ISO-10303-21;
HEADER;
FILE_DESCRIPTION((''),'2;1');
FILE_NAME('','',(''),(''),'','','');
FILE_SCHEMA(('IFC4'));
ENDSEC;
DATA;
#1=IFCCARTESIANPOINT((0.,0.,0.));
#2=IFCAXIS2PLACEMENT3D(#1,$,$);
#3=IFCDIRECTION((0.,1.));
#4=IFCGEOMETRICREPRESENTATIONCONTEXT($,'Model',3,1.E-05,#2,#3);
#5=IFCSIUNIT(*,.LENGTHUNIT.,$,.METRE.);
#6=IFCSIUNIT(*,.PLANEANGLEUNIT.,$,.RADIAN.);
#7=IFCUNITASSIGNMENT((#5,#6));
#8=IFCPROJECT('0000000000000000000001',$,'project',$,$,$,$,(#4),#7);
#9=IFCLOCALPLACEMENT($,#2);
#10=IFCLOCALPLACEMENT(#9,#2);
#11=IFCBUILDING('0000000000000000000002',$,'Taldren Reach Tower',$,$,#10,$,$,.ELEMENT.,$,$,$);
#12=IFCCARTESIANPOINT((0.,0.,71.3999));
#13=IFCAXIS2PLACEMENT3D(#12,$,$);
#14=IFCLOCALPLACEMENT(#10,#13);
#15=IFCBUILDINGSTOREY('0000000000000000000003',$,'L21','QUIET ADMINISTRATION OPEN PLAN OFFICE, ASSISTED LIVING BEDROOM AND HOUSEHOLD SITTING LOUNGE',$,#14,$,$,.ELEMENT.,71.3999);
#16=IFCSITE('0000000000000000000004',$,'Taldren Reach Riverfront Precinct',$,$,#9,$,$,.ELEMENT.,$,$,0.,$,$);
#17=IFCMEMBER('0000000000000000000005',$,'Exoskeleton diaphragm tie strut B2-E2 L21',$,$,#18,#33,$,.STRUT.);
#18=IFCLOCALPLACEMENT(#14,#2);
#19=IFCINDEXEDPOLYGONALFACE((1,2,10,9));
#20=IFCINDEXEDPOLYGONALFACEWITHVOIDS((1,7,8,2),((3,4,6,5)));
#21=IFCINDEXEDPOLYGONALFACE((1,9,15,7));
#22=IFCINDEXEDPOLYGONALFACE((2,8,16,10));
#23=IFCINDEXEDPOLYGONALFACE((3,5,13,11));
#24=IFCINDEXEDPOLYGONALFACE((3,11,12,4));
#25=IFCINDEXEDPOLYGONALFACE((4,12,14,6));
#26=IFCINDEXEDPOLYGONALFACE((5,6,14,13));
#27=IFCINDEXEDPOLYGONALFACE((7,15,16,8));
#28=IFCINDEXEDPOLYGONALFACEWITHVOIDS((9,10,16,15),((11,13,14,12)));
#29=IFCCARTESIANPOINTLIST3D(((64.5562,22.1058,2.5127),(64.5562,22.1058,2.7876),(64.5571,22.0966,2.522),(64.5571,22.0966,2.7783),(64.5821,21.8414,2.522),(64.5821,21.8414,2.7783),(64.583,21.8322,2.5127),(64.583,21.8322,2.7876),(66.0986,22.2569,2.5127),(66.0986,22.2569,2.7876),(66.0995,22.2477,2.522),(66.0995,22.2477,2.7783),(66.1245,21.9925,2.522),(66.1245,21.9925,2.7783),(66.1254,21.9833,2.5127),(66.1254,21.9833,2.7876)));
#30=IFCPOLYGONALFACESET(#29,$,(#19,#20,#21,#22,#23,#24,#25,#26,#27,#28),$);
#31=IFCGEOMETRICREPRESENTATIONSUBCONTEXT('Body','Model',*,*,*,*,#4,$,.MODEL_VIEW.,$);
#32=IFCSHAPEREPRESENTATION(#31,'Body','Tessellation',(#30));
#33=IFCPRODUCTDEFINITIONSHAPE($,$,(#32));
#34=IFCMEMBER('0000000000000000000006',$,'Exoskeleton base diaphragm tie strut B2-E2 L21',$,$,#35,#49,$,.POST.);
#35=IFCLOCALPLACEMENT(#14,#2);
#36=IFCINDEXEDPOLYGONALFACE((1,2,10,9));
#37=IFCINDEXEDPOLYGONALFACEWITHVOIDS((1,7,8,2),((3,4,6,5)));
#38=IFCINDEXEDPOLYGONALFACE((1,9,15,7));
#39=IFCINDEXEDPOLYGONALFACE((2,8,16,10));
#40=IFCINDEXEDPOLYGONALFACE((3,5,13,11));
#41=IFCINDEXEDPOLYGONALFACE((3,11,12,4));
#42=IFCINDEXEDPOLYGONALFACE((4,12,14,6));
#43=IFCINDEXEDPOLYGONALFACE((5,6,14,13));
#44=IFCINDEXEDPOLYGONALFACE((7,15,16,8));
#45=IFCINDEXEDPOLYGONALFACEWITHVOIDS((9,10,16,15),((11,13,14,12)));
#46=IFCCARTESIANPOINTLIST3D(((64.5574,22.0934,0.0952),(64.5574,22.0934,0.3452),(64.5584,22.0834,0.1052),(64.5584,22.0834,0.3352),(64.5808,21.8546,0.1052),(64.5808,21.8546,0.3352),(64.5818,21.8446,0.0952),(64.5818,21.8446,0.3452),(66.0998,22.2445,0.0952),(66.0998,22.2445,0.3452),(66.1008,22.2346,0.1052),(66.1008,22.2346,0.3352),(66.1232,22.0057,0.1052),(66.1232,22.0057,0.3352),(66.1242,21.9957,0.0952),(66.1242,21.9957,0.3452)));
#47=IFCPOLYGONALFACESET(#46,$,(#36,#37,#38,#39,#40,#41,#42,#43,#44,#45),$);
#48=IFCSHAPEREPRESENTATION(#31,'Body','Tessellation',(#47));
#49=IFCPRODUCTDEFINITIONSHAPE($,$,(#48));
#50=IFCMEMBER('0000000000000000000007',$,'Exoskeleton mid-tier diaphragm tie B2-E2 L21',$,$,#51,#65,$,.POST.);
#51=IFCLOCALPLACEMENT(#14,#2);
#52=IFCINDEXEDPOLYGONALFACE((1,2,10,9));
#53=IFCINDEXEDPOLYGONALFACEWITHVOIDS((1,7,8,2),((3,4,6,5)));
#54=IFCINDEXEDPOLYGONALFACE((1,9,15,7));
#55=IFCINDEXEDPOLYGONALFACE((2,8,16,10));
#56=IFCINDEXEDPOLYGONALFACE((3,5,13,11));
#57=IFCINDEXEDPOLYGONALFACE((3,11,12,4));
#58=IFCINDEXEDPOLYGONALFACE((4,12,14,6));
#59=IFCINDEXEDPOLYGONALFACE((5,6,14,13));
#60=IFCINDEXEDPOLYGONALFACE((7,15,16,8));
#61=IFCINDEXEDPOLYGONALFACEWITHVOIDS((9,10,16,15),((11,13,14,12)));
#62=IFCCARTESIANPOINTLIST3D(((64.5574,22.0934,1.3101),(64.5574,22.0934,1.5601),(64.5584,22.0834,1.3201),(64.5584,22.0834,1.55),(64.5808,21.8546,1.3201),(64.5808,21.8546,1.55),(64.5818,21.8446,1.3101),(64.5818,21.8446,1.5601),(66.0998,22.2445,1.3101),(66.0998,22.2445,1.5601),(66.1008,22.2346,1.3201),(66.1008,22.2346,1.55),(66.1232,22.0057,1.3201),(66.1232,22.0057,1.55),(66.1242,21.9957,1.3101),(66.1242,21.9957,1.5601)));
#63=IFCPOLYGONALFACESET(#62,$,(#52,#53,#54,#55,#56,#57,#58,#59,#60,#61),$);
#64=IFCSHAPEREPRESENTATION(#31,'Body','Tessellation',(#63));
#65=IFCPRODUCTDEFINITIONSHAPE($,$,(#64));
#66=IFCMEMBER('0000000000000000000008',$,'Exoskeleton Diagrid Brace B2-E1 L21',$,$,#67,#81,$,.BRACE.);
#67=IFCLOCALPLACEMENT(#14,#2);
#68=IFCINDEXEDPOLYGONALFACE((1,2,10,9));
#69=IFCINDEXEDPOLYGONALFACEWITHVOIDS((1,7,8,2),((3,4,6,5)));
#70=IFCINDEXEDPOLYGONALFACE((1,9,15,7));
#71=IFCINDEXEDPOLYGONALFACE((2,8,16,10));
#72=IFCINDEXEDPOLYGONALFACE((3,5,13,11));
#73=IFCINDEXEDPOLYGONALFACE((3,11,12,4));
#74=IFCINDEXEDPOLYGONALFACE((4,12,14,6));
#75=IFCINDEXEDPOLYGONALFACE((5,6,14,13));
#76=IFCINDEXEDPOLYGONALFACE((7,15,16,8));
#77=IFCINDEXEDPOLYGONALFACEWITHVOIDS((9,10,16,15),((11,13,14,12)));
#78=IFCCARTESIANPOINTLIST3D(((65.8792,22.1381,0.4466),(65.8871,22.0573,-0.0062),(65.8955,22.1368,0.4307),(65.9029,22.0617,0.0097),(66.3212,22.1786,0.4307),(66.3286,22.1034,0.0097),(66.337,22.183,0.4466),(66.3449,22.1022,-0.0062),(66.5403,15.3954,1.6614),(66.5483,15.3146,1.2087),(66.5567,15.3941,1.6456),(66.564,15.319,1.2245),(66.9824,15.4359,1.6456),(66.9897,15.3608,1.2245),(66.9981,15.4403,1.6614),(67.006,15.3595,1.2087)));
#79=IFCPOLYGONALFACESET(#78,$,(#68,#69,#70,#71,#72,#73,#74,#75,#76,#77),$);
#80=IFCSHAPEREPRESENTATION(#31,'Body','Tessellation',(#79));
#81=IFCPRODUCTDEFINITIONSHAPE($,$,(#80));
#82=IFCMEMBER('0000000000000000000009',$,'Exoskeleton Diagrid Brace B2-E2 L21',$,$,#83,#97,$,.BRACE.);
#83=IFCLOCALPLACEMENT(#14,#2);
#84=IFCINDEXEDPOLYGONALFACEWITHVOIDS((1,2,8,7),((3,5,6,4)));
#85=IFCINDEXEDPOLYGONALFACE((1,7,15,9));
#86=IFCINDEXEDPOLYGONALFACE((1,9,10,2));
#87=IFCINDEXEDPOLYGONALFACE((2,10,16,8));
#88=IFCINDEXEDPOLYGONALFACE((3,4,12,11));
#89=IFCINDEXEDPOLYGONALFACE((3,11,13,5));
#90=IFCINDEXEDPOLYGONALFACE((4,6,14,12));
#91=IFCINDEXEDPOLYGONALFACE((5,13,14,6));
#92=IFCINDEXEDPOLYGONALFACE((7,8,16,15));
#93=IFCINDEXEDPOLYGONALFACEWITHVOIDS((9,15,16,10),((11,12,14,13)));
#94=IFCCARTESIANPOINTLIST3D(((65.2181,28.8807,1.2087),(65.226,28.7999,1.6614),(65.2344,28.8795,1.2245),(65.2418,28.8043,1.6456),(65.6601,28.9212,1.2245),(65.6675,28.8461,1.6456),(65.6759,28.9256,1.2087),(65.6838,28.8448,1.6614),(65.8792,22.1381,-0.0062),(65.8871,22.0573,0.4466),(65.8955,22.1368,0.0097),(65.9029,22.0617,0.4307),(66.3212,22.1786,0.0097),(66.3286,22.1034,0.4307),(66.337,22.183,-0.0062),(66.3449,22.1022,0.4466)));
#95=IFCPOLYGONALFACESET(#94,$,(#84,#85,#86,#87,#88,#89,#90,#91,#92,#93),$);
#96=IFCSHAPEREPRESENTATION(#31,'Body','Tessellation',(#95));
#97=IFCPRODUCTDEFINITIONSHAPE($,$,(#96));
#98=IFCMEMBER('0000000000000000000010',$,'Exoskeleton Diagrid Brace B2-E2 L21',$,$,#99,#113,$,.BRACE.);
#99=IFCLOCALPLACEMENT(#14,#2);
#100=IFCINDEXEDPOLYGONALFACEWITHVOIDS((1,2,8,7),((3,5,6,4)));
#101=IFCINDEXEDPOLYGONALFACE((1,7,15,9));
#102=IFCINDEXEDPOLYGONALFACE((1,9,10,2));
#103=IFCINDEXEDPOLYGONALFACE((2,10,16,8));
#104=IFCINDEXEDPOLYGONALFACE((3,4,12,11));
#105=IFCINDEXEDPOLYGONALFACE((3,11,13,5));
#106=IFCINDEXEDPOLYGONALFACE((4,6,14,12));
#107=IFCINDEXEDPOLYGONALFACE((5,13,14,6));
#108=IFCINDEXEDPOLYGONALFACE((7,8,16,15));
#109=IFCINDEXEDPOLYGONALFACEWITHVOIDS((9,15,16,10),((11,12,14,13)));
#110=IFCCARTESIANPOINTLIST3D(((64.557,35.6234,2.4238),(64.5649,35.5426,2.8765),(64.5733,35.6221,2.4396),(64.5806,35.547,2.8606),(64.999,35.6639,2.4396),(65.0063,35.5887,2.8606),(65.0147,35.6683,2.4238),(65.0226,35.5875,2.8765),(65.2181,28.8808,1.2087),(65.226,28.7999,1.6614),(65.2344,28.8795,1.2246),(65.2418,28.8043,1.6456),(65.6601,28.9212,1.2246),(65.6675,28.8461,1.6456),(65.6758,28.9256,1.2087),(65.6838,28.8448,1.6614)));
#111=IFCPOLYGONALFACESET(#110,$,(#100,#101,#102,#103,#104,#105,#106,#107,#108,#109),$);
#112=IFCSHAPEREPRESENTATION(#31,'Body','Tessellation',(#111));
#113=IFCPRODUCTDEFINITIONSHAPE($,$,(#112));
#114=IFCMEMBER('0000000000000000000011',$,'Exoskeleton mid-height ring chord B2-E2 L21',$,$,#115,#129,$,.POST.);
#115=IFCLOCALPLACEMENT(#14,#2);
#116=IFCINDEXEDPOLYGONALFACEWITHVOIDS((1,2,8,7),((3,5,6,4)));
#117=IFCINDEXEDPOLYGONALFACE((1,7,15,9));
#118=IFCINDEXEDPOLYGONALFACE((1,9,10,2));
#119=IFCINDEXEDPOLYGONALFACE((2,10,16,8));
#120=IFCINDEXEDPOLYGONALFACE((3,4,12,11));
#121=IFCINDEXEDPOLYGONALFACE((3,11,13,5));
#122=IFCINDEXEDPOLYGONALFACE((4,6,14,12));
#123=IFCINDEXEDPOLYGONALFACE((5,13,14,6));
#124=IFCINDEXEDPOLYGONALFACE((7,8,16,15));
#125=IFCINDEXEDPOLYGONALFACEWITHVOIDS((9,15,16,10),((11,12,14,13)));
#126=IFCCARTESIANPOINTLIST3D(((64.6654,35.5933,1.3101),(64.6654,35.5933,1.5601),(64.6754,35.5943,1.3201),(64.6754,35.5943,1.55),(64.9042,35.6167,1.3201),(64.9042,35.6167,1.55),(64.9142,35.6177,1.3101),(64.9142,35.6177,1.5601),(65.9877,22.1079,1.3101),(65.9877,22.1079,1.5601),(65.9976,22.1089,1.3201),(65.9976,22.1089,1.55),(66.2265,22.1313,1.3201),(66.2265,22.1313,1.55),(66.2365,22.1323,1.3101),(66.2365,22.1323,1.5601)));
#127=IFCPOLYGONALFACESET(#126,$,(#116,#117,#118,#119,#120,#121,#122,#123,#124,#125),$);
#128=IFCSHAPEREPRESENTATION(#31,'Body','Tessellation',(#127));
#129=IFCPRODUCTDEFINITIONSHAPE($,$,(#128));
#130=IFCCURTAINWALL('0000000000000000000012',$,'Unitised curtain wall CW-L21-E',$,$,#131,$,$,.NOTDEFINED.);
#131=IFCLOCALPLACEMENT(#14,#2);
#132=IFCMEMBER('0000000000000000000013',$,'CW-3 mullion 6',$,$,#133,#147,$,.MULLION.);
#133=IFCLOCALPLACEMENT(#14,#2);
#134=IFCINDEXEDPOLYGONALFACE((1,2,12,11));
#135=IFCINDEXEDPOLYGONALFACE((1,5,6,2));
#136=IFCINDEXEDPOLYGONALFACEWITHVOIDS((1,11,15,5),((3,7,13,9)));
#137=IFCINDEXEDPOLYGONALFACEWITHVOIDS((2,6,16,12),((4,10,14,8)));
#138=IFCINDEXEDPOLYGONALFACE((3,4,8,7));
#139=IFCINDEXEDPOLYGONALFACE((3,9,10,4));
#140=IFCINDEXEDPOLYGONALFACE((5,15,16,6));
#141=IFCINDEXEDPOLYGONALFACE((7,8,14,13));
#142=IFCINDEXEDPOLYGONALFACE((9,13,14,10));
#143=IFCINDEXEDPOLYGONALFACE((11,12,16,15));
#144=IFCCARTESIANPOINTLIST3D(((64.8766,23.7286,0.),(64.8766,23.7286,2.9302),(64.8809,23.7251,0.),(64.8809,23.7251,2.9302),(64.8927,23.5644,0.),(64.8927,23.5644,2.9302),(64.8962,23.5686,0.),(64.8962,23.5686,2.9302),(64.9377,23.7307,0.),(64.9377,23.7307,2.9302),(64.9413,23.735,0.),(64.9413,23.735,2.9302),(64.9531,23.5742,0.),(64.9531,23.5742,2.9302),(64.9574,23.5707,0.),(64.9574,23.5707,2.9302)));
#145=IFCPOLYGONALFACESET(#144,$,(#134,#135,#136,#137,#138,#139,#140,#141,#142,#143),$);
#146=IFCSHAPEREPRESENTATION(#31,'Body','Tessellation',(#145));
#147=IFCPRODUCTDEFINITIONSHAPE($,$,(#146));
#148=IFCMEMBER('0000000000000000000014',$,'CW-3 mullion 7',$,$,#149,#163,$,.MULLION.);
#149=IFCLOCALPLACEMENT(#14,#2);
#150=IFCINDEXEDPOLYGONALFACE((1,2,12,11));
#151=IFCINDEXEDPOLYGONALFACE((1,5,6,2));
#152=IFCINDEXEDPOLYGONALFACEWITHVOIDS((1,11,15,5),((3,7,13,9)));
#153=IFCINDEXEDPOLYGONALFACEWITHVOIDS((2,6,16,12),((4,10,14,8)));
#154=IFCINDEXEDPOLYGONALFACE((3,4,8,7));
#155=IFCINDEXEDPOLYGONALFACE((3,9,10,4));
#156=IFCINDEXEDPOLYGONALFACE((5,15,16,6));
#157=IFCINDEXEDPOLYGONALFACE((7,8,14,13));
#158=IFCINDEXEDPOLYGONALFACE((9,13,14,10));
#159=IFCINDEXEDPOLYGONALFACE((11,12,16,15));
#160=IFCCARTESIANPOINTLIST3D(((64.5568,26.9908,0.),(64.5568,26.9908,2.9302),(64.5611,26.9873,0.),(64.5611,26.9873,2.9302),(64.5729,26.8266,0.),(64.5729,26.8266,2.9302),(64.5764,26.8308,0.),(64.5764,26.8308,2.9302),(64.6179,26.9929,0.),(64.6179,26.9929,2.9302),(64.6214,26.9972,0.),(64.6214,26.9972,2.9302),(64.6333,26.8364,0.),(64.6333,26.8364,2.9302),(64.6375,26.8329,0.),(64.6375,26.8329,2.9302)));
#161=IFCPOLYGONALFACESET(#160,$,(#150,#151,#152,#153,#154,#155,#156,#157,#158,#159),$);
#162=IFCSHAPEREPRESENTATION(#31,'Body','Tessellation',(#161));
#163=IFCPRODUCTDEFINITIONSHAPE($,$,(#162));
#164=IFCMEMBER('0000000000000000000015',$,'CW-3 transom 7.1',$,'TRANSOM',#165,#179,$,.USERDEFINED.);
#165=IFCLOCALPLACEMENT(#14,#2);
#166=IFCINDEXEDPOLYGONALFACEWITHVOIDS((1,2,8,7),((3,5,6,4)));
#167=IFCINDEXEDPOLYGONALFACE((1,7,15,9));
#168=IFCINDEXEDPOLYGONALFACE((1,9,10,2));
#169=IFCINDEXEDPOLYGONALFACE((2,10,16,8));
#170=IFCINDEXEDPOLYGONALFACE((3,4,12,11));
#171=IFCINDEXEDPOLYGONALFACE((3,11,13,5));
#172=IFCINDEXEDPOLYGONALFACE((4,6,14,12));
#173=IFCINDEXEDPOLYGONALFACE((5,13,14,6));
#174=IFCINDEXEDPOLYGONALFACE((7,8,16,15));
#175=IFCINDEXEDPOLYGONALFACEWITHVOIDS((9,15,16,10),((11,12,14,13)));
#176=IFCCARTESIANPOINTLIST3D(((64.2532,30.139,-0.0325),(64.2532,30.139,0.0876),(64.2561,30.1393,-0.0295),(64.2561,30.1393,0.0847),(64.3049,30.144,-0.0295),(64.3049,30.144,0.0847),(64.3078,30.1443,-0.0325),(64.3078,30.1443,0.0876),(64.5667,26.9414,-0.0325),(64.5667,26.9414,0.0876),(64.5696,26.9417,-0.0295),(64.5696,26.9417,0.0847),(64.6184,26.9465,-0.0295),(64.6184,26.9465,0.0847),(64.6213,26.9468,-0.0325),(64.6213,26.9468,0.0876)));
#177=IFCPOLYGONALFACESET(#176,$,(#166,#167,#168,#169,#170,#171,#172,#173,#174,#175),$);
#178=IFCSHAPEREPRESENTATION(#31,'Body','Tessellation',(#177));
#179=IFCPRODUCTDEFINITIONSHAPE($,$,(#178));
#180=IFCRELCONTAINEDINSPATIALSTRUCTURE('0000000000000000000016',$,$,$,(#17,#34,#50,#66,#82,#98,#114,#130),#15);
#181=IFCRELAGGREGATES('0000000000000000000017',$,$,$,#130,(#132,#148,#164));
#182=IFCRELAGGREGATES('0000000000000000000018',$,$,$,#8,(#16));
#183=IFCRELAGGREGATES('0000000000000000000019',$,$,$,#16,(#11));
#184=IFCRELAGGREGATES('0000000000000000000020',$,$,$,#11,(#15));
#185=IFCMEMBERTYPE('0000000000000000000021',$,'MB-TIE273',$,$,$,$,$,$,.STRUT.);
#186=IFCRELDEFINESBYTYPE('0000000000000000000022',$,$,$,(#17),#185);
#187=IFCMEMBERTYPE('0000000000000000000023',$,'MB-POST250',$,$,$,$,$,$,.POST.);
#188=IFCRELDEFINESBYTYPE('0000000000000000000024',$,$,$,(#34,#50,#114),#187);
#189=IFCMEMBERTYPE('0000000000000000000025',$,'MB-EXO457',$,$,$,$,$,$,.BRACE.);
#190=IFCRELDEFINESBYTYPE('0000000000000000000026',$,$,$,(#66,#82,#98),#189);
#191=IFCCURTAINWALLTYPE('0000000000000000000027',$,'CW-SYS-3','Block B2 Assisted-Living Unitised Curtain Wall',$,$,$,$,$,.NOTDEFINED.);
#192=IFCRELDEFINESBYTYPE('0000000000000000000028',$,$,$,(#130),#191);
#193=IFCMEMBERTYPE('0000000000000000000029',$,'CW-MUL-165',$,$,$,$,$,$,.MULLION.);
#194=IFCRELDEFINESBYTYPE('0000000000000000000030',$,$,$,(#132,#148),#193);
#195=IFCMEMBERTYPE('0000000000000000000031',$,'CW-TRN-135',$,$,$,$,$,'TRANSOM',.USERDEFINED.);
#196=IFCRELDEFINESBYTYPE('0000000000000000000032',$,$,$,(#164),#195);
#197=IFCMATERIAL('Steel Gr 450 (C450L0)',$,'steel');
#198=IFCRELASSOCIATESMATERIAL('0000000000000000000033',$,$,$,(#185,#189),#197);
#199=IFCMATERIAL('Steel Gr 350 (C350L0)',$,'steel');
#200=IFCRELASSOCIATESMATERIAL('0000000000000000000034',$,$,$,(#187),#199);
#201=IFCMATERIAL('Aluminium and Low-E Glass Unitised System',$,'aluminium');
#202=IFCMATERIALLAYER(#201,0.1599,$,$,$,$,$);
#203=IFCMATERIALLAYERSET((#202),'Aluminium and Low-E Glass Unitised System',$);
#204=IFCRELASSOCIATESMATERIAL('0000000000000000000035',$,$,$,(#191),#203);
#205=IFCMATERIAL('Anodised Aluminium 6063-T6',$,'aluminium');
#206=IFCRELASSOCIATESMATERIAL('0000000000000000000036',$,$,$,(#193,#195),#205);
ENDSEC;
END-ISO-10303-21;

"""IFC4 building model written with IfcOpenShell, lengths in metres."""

from ifc_helpers import new_model, si_unit, direction, frame, origin, origin_2d, place, context, subcontext, project, spatial, hollow_rectangle, extrude, source, transform, mapped, material, layer, layer_set, material_profile, profile_set, type_object, element, aggregate, save


model = new_model("IFC4")

# Units and contexts
model_context = context("Model", 3, precision=1e-05, world=origin(), true_north=direction((0.0, 1.0)))
body_context = subcontext(model_context, "Body", "Model", "MODEL_VIEW")
ifc_project = project(units=[si_unit("LENGTHUNIT", "METRE"), si_unit("PLANEANGLEUNIT", "RADIAN")], contexts=[model_context])

# Site, building, storey
site_placement = place(None, origin())
site = spatial("IfcSite", under=ifc_project, at=site_placement, Name="Taldren Reach Riverfront Precinct", CompositionType="ELEMENT", RefElevation=0.0)
building_placement = place(site_placement, origin())
building = spatial("IfcBuilding", under=site, at=building_placement, Name="Taldren Reach Tower", CompositionType="ELEMENT")
storey_placement = place(building_placement, frame((0.0, 0.0, 71.3999)))
storey = spatial("IfcBuildingStorey", under=building, at=storey_placement, Name="L21", Description="QUIET ADMINISTRATION OPEN PLAN OFFICE, ASSISTED LIVING BEDROOM AND HOUSEHOLD SITTING LOUNGE", CompositionType="ELEMENT", Elevation=71.3999)

# Members
ifc_material_1 = material(Name="Steel Gr 450 (C450L0)", Category="steel")
ifc_material_profile_1 = material_profile(ifc_material_1, hollow_rectangle(XDim=0.2749, YDim=0.2749, WallThickness=0.0093, at=origin_2d()), Name="275x275x9.3SHS")
ifc_profile_set_1 = profile_set([ifc_material_profile_1], Name="Steel Gr 450 (C450L0)")
member_type_1 = type_object("IfcMemberType", Name="MB-TIE273", PredefinedType="STRUT", material=ifc_profile_set_1)
shared_shape_1 = source(origin(), body_context, "Body", "SweptSolid", [
    extrude(hollow_rectangle(XDim=0.2749, YDim=0.2749, WallThickness=0.0093, at=origin_2d()), origin(), (0.0, 0.0, 1.0), 1.5498),
])
member_1_placement = place(storey_placement, frame((64.5696, 21.969, 2.6501), z_axis=(0.995235, 0.097507, 0.0), x_axis=(-0.097507, 0.995235, 0.0)))
element("IfcMember", 1, at=member_1_placement, inside=storey, type_object=member_type_1, Name="Exoskeleton diaphragm tie strut B2-E2 L21", PredefinedType="STRUT", context=body_context, shape_type="MappedRepresentation", body=[
    mapped(shared_shape_1, transform((0.0, 0.0, 0.0), scale=1.0)),
])
ifc_material_2 = material(Name="Steel Gr 350 (C350L0)", Category="steel")
ifc_material_profile_2 = material_profile(ifc_material_2, hollow_rectangle(XDim=0.25, YDim=0.25, WallThickness=0.01, at=origin_2d()), Name="250x250x10.0SHS")
ifc_profile_set_2 = profile_set([ifc_material_profile_2], Name="Steel Gr 350 (C350L0)")
member_type_2 = type_object("IfcMemberType", Name="MB-POST250", PredefinedType="POST", material=ifc_profile_set_2)
shared_shape_2 = source(origin(), body_context, "Body", "SweptSolid", [
    extrude(hollow_rectangle(XDim=0.25, YDim=0.25, WallThickness=0.01, at=origin_2d()), origin(), (0.0, 0.0, 1.0), 1.5498),
])
for number, where, z_axis, x_axis, name in (
    (2, (64.5696, 21.969, 0.2202), (0.995235, 0.097507, 0.0), (-0.097507, 0.995235, 0.0), "Exoskeleton base diaphragm tie strut B2-E2 L21"),
    (3, (64.5696, 21.969, 1.4351), (0.995235, 0.097507, 0.0), (-0.097507, 0.995235, 0.0), "Exoskeleton mid-tier diaphragm tie B2-E2 L21"),
):
    element("IfcMember", number, at=place(storey_placement, frame(where, z_axis=z_axis, x_axis=x_axis)), inside=storey, type_object=member_type_2, Name=name, PredefinedType="POST", context=body_context, shape_type="MappedRepresentation", body=[
        mapped(shared_shape_2, transform((0.0, 0.0, 0.0), scale=1.0)),
    ])
ifc_material_profile_3 = material_profile(ifc_material_1, hollow_rectangle(XDim=0.46, YDim=0.46, WallThickness=0.0161, at=origin_2d()), Name="460x460x16.0SHS")
ifc_profile_set_3 = profile_set([ifc_material_profile_3], Name="Steel Gr 450 (C450L0)")
member_type_3 = type_object("IfcMemberType", Name="MB-EXO457", PredefinedType="BRACE", material=ifc_profile_set_3)
shared_shape_3 = source(origin(), body_context, "Body", "SweptSolid", [
    extrude(hollow_rectangle(XDim=0.46, YDim=0.46, WallThickness=0.0161, at=origin_2d()), origin(), (0.0, 0.0, 1.0), 6.8831),
])
for number, where, z_axis, x_axis, name in (
    (4, (66.1121, 22.1201, 0.2202), (0.096052, -0.979603, 0.176497), (0.995227, 0.097584, 0.0), "Exoskeleton Diagrid Brace B2-E1 L21"),
    (5, (66.1121, 22.1201, 0.2202), (-0.096052, 0.979603, 0.176497), (-0.995227, -0.097584, 0.0), "Exoskeleton Diagrid Brace B2-E2 L21"),
    (6, (65.4509, 28.8628, 1.4351), (-0.096051, 0.979597, 0.176532), (-0.995227, -0.097584, 0.0), "Exoskeleton Diagrid Brace B2-E2 L21"),
):
    element("IfcMember", number, at=place(storey_placement, frame(where, z_axis=z_axis, x_axis=x_axis)), inside=storey, type_object=member_type_3, Name=name, PredefinedType="BRACE", context=body_context, shape_type="MappedRepresentation", body=[
        mapped(shared_shape_3, transform((0.0, 0.0, 0.0), scale=1.0)),
    ])
shared_shape_4 = source(origin(), body_context, "Body", "SweptSolid", [
    extrude(hollow_rectangle(XDim=0.25, YDim=0.25, WallThickness=0.01, at=origin_2d()), origin(), (0.0, 0.0, 1.0), 13.55),
])
member_2_placement = place(storey_placement, frame((66.1121, 22.1201, 1.4351), z_axis=(-0.097584, 0.995227, 0.0), x_axis=(-0.995227, -0.097584, 0.0)))
element("IfcMember", 7, at=member_2_placement, inside=storey, type_object=member_type_2, Name="Exoskeleton mid-height ring chord B2-E2 L21", PredefinedType="POST", context=body_context, shape_type="MappedRepresentation", body=[
    mapped(shared_shape_4, transform((0.0, 0.0, 0.0), scale=1.0)),
])

# Curtain wall, members
ifc_material_3 = material(Name="Aluminium and Low-E Glass Unitised System", Category="aluminium")
ifc_layer_1 = layer(ifc_material_3, 0.1599)
ifc_layer_set_1 = layer_set([ifc_layer_1], Name="Aluminium and Low-E Glass Unitised System")
curtain_wall_type = type_object("IfcCurtainWallType", Name="CW-SYS-3", Description="Block B2 Assisted-Living Unitised Curtain Wall", PredefinedType="NOTDEFINED", material=ifc_layer_set_1)
curtain_wall_placement = place(storey_placement, origin())
curtain_wall = element("IfcCurtainWall", 8, at=curtain_wall_placement, inside=storey, type_object=curtain_wall_type, Name="Unitised curtain wall CW-L21-E", PredefinedType="NOTDEFINED")
ifc_material_4 = material(Name="Anodised Aluminium 6063-T6", Category="aluminium")
ifc_material_profile_4 = material_profile(ifc_material_4, hollow_rectangle(XDim=0.0649, YDim=0.165, WallThickness=0.0039, at=origin_2d()), Name="ALU-165x65x4RHS")
ifc_profile_set_4 = profile_set([ifc_material_profile_4], Name="Anodised Aluminium 6063-T6")
member_type_4 = type_object("IfcMemberType", Name="CW-MUL-165", PredefinedType="MULLION", material=ifc_profile_set_4)
shared_shape_5 = source(origin(), body_context, "Body", "SweptSolid", [
    extrude(hollow_rectangle(XDim=0.0649, YDim=0.165, WallThickness=0.0039, at=origin_2d()), origin(), (0.0, 0.0, 1.0), 2.9302),
])
member_3_placement = place(storey_placement, frame((64.917, 23.6497, 0.0), z_axis=(0.0, 0.0, 1.0), x_axis=(-0.995227, -0.097583, 0.0)))
member_3 = element("IfcMember", 9, at=member_3_placement, type_object=member_type_4, Name="CW-3 mullion 6", PredefinedType="MULLION", context=body_context, shape_type="MappedRepresentation", body=[
    mapped(shared_shape_5, transform((0.0, 0.0, 0.0), scale=1.0)),
])
member_4_placement = place(storey_placement, frame((64.5972, 26.9119, 0.0), z_axis=(0.0, 0.0, 1.0), x_axis=(-0.995227, -0.097583, 0.0)))
member_4 = element("IfcMember", 10, at=member_4_placement, type_object=member_type_4, Name="CW-3 mullion 7", PredefinedType="MULLION", context=body_context, shape_type="MappedRepresentation", body=[
    mapped(shared_shape_5, transform((0.0, 0.0, 0.0), scale=1.0)),
])
ifc_material_profile_5 = material_profile(ifc_material_4, hollow_rectangle(XDim=0.0549, YDim=0.1201, WallThickness=0.0029, at=origin_2d()), Name="ALU-120x55x3RHS")
ifc_profile_set_5 = profile_set([ifc_material_profile_5], Name="Anodised Aluminium 6063-T6")
member_type_5 = type_object("IfcMemberType", Name="CW-TRN-135", ElementType="TRANSOM", PredefinedType="USERDEFINED", material=ifc_profile_set_5)
shared_shape_6 = source(origin(), body_context, "Body", "SweptSolid", [
    extrude(hollow_rectangle(XDim=0.0549, YDim=0.1201, WallThickness=0.0029, at=origin_2d()), origin(), (0.0, 0.0, 1.0), 3.2129),
])
member_5_placement = place(storey_placement, frame((64.594, 26.9441, 0.0276), z_axis=(-0.09757, 0.995229, 0.0), x_axis=(-0.995229, -0.09757, 0.0)))
member_5 = element("IfcMember", 11, at=member_5_placement, type_object=member_type_5, Name="CW-3 transom 7.1", ObjectType="TRANSOM", PredefinedType="USERDEFINED", context=body_context, shape_type="MappedRepresentation", body=[
    mapped(shared_shape_6, transform((0.0, 0.0, 0.0), scale=1.0)),
])

aggregate(curtain_wall, [member_3, member_4, member_5])

save(model, "model.ifc")
